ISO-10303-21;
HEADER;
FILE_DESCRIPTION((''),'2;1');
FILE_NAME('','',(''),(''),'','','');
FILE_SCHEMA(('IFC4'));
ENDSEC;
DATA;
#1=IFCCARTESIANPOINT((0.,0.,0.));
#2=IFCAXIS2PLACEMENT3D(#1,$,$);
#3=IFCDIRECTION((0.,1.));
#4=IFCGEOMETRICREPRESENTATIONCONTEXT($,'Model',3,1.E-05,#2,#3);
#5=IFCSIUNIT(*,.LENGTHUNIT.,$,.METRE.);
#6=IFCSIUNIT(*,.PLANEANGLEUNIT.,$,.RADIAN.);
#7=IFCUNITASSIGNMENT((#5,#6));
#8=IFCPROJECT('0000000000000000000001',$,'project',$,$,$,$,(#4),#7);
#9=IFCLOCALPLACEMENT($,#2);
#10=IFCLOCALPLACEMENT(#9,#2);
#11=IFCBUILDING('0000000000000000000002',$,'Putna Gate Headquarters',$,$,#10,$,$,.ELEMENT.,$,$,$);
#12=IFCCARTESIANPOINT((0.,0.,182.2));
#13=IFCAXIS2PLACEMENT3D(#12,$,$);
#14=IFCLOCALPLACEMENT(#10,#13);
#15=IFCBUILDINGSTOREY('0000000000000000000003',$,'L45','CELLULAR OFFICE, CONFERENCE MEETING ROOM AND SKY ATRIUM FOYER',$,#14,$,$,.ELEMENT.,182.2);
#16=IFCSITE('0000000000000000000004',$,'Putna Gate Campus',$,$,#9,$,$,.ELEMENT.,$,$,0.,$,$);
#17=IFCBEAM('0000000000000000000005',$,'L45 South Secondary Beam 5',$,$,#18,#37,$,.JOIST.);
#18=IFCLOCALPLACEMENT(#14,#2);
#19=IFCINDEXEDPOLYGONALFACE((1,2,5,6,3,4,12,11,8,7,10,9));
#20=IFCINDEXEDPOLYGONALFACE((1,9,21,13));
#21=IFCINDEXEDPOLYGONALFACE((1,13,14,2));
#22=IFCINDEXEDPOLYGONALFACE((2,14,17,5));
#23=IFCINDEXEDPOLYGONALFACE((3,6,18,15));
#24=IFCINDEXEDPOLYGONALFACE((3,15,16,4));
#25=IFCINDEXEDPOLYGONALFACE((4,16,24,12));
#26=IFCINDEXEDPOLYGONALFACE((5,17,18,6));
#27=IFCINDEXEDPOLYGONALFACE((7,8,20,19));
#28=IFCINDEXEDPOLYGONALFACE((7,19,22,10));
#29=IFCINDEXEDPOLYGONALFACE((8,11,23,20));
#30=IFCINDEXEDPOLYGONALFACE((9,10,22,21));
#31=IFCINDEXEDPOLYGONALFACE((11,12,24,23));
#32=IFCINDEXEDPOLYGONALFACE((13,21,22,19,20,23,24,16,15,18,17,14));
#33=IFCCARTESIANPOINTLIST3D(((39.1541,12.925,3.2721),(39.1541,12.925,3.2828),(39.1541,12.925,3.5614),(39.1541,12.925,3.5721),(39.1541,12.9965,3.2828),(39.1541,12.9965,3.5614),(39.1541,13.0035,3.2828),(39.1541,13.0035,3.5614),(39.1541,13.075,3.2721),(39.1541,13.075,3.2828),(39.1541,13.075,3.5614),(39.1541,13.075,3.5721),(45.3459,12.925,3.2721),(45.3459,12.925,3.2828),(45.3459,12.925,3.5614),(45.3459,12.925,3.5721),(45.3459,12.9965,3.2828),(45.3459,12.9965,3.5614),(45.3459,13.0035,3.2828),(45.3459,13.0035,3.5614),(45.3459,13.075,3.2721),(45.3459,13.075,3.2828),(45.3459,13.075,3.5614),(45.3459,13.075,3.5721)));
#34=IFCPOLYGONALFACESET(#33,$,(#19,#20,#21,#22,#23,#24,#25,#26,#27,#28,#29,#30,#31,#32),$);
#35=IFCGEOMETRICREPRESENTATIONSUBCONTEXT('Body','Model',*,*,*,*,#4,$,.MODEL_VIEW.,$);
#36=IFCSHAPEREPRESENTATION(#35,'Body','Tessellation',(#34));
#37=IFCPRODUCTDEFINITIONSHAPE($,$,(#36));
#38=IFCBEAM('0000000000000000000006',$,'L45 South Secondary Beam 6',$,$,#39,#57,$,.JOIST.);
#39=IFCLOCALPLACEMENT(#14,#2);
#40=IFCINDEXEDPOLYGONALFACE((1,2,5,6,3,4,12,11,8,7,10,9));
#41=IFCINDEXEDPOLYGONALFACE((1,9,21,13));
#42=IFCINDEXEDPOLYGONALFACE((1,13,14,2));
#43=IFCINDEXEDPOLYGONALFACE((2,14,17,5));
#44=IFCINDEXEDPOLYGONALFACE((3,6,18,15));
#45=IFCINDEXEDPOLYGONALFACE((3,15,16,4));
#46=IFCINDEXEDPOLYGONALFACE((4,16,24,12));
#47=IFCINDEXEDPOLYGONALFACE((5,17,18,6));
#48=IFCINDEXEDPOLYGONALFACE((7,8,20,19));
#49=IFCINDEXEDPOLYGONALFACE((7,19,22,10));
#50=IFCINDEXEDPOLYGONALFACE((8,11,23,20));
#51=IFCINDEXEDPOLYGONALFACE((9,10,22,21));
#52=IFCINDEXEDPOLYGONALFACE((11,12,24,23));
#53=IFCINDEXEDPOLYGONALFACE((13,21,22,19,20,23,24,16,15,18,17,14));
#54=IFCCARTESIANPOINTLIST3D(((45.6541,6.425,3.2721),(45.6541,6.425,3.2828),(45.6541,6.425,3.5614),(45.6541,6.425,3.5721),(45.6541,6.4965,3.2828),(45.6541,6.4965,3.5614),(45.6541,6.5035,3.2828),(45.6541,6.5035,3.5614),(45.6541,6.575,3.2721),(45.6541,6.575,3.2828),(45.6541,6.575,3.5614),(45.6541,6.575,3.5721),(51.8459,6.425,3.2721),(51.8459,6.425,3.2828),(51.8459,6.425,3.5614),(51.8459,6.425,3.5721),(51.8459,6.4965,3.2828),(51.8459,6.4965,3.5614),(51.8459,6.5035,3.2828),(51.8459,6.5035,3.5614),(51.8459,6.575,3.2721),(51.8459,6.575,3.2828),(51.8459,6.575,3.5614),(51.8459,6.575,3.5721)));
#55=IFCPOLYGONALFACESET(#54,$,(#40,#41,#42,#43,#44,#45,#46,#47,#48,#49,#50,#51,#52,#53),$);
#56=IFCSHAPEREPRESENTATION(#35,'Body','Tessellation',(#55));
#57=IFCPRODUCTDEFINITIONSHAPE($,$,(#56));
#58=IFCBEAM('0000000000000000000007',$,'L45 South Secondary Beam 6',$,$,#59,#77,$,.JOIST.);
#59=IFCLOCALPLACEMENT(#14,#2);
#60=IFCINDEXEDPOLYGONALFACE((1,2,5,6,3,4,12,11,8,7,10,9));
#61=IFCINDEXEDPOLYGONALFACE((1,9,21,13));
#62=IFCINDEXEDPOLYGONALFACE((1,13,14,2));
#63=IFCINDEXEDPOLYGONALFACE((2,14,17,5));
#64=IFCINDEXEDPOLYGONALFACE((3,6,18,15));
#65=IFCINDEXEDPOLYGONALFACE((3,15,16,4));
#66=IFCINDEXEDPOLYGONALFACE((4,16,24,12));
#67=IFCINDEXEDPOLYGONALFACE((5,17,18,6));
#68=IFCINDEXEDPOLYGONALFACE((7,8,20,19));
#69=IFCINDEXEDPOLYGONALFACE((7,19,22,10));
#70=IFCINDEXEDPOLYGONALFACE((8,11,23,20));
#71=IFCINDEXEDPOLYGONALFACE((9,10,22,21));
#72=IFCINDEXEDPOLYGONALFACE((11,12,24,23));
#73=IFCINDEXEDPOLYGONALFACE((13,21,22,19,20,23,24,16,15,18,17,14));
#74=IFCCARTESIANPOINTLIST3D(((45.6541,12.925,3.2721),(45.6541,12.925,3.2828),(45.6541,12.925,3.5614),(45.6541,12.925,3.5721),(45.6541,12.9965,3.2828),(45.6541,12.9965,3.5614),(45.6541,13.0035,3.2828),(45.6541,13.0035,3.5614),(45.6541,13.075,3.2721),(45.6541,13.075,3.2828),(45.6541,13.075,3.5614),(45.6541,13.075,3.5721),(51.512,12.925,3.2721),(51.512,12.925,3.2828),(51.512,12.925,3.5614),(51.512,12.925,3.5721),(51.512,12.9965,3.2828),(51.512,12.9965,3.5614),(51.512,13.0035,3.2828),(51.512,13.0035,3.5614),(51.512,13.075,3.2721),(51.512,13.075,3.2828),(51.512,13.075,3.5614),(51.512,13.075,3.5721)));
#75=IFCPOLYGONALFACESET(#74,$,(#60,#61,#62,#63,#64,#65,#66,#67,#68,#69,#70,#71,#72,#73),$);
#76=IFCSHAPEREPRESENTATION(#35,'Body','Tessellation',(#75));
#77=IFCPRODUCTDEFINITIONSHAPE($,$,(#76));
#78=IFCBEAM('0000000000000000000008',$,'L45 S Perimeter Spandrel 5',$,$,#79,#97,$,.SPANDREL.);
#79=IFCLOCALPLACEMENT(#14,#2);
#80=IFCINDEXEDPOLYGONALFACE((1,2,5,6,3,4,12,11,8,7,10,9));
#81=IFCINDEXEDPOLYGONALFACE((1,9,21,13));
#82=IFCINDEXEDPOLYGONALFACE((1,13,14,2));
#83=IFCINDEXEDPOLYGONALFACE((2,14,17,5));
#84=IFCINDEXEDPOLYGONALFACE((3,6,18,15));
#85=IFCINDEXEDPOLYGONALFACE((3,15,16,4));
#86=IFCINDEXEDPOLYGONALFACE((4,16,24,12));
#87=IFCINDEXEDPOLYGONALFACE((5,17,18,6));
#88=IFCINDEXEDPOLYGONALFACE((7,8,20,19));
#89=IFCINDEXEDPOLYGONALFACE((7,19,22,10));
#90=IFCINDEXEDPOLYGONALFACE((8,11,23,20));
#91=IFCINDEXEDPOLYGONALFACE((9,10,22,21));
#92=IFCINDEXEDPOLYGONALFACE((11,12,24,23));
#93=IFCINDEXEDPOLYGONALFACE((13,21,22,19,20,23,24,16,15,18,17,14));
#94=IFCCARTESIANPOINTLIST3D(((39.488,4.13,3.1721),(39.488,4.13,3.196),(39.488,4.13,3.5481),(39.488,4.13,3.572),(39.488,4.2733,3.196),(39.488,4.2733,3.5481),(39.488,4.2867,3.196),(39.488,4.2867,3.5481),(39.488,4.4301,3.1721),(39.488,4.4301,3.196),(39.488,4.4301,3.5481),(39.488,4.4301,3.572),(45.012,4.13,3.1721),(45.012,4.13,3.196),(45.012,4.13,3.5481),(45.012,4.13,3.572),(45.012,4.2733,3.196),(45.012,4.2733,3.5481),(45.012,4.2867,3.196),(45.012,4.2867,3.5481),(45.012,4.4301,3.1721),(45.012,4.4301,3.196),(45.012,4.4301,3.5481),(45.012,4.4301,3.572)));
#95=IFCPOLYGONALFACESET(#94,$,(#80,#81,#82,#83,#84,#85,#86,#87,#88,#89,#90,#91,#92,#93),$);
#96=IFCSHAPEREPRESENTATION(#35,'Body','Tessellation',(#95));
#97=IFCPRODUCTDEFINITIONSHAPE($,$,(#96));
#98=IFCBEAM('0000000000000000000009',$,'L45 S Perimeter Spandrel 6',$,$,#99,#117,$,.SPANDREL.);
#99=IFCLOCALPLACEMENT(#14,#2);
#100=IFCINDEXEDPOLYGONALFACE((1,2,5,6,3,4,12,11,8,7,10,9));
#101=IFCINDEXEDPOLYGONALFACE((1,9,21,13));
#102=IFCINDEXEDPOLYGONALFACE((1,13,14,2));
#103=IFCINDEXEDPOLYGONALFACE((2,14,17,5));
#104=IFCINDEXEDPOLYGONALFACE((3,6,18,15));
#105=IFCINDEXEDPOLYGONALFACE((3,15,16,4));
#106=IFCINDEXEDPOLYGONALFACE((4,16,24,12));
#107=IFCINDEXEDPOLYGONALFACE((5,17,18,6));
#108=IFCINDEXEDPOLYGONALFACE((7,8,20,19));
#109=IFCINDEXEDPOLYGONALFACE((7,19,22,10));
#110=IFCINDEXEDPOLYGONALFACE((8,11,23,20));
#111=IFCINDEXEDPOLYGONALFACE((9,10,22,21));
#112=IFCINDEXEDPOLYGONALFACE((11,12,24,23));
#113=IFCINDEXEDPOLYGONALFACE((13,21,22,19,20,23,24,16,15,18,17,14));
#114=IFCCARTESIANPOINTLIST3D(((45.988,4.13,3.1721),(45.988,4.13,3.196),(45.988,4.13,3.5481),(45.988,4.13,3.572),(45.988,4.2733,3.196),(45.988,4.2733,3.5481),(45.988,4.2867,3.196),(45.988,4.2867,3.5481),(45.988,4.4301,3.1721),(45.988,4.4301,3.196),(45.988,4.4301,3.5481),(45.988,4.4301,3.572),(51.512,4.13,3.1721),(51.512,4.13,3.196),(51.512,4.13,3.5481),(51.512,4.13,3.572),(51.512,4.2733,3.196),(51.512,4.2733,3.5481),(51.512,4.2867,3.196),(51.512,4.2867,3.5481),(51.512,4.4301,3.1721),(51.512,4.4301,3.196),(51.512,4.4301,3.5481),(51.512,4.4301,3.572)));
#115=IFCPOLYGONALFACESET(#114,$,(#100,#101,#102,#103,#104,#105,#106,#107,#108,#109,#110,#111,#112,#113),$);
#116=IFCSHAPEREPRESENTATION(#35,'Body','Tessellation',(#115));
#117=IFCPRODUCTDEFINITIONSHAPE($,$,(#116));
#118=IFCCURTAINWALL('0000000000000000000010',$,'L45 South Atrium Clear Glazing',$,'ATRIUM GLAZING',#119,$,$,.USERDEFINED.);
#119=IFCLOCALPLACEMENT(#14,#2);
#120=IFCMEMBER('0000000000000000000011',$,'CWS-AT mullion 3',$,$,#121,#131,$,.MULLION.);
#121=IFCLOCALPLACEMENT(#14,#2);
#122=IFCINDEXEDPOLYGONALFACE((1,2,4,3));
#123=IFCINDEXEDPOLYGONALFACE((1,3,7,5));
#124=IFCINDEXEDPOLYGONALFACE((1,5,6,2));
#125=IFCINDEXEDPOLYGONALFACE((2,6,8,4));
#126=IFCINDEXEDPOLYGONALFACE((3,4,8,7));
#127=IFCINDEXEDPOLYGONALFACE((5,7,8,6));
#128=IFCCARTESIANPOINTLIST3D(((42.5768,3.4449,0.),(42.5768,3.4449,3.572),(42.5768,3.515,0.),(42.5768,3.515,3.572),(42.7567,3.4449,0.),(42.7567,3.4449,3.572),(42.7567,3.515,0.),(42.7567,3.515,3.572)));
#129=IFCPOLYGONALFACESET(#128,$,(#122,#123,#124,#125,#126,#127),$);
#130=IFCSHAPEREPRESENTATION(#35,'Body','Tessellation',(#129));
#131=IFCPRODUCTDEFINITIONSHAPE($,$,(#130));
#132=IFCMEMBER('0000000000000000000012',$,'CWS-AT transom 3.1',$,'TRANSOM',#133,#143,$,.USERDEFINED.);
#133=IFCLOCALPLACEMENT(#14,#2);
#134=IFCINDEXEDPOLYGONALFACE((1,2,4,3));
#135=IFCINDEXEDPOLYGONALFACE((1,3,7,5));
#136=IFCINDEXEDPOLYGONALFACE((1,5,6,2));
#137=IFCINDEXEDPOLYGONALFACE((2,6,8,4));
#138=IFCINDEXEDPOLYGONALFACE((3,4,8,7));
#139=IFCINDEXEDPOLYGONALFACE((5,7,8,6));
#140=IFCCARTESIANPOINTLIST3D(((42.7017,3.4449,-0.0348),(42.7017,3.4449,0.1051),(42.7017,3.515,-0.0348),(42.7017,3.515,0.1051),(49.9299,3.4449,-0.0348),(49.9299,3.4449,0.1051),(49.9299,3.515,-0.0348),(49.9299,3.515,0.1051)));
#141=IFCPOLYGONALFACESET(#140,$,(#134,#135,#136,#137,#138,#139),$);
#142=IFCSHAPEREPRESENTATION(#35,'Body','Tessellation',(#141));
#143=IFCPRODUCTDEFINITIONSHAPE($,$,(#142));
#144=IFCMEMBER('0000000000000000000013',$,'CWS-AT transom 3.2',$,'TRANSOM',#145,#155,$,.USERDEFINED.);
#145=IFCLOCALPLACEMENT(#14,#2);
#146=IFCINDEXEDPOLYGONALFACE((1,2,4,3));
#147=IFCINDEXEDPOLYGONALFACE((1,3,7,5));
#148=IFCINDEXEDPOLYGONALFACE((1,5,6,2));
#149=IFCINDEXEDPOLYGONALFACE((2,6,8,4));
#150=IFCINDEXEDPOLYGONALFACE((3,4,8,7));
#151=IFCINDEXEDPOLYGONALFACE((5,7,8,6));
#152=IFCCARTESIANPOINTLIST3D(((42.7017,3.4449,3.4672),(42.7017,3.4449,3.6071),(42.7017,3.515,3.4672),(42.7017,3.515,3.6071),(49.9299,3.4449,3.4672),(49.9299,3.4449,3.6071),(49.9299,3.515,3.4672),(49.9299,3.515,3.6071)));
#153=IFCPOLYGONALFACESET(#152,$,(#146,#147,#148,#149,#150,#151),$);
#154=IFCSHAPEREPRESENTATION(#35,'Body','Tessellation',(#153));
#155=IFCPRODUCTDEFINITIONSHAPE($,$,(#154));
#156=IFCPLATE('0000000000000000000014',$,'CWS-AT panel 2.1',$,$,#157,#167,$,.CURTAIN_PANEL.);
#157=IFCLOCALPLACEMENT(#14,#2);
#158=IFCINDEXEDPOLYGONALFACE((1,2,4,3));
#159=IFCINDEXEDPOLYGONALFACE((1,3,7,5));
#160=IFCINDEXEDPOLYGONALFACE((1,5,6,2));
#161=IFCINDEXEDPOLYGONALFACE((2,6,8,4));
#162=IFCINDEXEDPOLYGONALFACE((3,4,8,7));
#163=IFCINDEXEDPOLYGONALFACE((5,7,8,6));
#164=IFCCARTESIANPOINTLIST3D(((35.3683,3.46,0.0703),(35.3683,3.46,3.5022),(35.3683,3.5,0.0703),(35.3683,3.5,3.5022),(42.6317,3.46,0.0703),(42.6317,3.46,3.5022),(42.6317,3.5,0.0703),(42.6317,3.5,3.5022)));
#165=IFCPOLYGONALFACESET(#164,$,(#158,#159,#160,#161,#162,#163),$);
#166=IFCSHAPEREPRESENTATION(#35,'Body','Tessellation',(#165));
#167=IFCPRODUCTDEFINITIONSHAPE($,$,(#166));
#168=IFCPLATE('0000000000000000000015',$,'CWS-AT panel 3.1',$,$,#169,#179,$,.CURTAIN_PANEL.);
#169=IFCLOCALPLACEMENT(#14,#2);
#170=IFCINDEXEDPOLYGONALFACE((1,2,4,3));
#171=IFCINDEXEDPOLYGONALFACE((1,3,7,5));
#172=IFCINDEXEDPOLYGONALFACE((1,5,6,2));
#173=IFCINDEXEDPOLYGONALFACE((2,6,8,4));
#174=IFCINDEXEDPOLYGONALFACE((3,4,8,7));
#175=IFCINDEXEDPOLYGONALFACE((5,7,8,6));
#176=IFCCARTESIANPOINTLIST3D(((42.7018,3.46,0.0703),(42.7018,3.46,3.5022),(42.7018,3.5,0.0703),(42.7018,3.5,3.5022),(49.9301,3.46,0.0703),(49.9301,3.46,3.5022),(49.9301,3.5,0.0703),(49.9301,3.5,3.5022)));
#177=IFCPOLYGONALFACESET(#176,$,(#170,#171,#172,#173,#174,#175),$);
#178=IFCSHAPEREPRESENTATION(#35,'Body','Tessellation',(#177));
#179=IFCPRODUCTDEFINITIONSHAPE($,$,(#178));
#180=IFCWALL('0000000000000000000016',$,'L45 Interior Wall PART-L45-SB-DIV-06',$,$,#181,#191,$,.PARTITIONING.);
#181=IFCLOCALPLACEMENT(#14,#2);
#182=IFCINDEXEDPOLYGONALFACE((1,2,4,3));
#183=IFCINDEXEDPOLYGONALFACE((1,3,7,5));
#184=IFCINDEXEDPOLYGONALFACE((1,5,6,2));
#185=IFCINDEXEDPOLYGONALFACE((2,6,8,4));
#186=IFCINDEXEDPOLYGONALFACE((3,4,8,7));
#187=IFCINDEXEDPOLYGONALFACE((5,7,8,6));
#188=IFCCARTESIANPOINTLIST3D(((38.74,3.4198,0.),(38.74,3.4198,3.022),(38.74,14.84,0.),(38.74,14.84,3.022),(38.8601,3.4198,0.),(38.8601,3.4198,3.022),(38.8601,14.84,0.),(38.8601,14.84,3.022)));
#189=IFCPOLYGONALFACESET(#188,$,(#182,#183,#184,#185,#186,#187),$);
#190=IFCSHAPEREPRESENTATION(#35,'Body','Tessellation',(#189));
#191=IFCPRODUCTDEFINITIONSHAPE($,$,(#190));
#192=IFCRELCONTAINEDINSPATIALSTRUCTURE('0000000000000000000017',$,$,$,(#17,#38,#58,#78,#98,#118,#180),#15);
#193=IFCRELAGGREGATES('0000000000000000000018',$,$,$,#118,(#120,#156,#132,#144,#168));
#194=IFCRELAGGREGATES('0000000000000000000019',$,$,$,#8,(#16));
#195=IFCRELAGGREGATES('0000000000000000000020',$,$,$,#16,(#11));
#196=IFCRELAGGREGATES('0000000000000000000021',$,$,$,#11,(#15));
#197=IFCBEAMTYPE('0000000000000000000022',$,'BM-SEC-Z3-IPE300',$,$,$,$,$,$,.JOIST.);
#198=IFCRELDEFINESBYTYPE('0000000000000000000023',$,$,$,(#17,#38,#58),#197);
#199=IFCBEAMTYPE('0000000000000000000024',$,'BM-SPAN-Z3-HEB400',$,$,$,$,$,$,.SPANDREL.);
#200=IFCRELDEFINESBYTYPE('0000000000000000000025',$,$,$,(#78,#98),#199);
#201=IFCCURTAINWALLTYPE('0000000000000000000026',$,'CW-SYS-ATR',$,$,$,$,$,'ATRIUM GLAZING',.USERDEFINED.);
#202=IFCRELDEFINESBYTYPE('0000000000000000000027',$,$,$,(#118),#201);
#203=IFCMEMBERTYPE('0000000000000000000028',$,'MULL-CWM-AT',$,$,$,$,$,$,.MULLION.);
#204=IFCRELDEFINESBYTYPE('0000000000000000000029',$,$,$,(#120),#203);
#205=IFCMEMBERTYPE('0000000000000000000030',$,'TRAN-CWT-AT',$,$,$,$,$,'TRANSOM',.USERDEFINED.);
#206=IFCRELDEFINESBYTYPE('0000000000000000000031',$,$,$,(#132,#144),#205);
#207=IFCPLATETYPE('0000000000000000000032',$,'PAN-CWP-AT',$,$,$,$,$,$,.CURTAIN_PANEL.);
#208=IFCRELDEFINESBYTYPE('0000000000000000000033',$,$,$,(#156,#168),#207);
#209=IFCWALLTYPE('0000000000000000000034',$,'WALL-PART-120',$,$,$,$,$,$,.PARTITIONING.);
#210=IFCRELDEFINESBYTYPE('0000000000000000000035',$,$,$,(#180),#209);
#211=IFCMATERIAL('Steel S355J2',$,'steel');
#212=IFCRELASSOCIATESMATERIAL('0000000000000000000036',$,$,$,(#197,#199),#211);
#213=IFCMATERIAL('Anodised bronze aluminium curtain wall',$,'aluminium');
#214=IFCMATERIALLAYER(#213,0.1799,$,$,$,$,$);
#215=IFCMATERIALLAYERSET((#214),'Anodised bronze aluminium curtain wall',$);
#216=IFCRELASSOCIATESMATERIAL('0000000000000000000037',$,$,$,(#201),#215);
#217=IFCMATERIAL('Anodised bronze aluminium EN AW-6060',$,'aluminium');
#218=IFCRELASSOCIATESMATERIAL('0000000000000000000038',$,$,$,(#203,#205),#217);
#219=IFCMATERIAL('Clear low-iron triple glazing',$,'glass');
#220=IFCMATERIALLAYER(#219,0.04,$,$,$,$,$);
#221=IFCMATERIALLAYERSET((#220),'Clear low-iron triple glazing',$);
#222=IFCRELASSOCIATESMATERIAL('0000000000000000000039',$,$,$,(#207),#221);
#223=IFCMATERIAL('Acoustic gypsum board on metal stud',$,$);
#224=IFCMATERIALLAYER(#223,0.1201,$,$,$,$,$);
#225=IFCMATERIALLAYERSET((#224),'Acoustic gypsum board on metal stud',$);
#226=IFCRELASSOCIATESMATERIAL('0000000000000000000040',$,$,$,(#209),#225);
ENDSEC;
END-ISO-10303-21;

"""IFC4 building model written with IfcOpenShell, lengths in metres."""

from ifc_helpers import new_model, si_unit, direction, frame, frame_2d, origin, origin_2d, place, context, subcontext, project, spatial, rectangle, i_section, extrude, material, layer, layer_set, material_profile, profile_set, type_object, element, aggregate, save


model = new_model("IFC4")

# Units and contexts
model_context = context("Model", 3, precision=1e-05, world=origin(), true_north=direction((0.0, 1.0)))
body_context = subcontext(model_context, "Body", "Model", "MODEL_VIEW")
ifc_project = project(units=[si_unit("LENGTHUNIT", "METRE"), si_unit("PLANEANGLEUNIT", "RADIAN")], contexts=[model_context])

# Site, building, storey
site_placement = place(None, origin())
site = spatial("IfcSite", under=ifc_project, at=site_placement, Name="Putna Gate Campus", CompositionType="ELEMENT", RefElevation=0.0)
building_placement = place(site_placement, origin())
building = spatial("IfcBuilding", under=site, at=building_placement, Name="Putna Gate Headquarters", CompositionType="ELEMENT")
storey_placement = place(building_placement, frame((0.0, 0.0, 182.2)))
storey = spatial("IfcBuildingStorey", under=building, at=storey_placement, Name="L45", Description="CELLULAR OFFICE, CONFERENCE MEETING ROOM AND SKY ATRIUM FOYER", CompositionType="ELEMENT", Elevation=182.2)

# Beams
ifc_material_1 = material(Name="Steel S355J2", Category="steel")
ifc_material_profile_1 = material_profile(ifc_material_1, i_section(OverallWidth=0.1499, OverallDepth=0.3, WebThickness=0.0071, FlangeThickness=0.0107, at=origin_2d()), Name="Steel S355J2")
ifc_profile_set_1 = profile_set([ifc_material_profile_1], Name="Steel S355J2")
beam_type_1 = type_object("IfcBeamType", Name="BM-SEC-Z3-IPE300", PredefinedType="JOIST", material=ifc_profile_set_1)
for number, where, z_axis, x_axis, name in (
    (1, (39.1541, 13.0, 3.4221), (1.0, 0.0, 0.0), (0.0, 1.0, 0.0), "L45 South Secondary Beam 5"),
    (2, (45.6541, 6.5, 3.4221), (1.0, 0.0, 0.0), (0.0, 1.0, 0.0), "L45 South Secondary Beam 6"),
):
    element("IfcBeam", number, at=place(storey_placement, frame(where, z_axis=z_axis, x_axis=x_axis)), inside=storey, type_object=beam_type_1, Name=name, PredefinedType="JOIST", context=body_context, shape_type="SweptSolid", body=[
        extrude(i_section(OverallWidth=0.1499, OverallDepth=0.3, WebThickness=0.0071, FlangeThickness=0.0107, at=origin_2d()), origin(), (0.0, 0.0, 1.0), 6.1919),
    ])
beam_1_placement = place(storey_placement, frame((45.6541, 13.0, 3.4221), z_axis=(1.0, 0.0, 0.0), x_axis=(0.0, 1.0, 0.0)))
element("IfcBeam", 3, at=beam_1_placement, inside=storey, type_object=beam_type_1, Name="L45 South Secondary Beam 6", PredefinedType="JOIST", context=body_context, shape_type="SweptSolid", body=[
    extrude(i_section(OverallWidth=0.1499, OverallDepth=0.3, WebThickness=0.0071, FlangeThickness=0.0107, at=origin_2d()), origin(), (0.0, 0.0, 1.0), 5.8579),
])
ifc_material_profile_2 = material_profile(ifc_material_1, i_section(OverallWidth=0.3, OverallDepth=0.3999, WebThickness=0.0134, FlangeThickness=0.0239, at=origin_2d()), Name="Steel S355J2")
ifc_profile_set_2 = profile_set([ifc_material_profile_2], Name="Steel S355J2")
beam_type_2 = type_object("IfcBeamType", Name="BM-SPAN-Z3-HEB400", PredefinedType="SPANDREL", material=ifc_profile_set_2)
for number, where, z_axis, x_axis, name in (
    (4, (39.488, 4.28, 3.3721), (1.0, 0.0, 0.0), (0.0, 1.0, 0.0), "L45 S Perimeter Spandrel 5"),
    (5, (45.988, 4.28, 3.3721), (1.0, 0.0, 0.0), (0.0, 1.0, 0.0), "L45 S Perimeter Spandrel 6"),
):
    element("IfcBeam", number, at=place(storey_placement, frame(where, z_axis=z_axis, x_axis=x_axis)), inside=storey, type_object=beam_type_2, Name=name, PredefinedType="SPANDREL", context=body_context, shape_type="SweptSolid", body=[
        extrude(i_section(OverallWidth=0.3, OverallDepth=0.3999, WebThickness=0.0134, FlangeThickness=0.0239, at=origin_2d()), origin(), (0.0, 0.0, 1.0), 5.5239),
    ])

# Curtain wall, members, plates
ifc_material_2 = material(Name="Anodised bronze aluminium curtain wall", Category="aluminium")
ifc_layer_1 = layer(ifc_material_2, 0.1799)
ifc_layer_set_1 = layer_set([ifc_layer_1], Name="Anodised bronze aluminium curtain wall")
curtain_wall_type = type_object("IfcCurtainWallType", Name="CW-SYS-ATR", ElementType="ATRIUM GLAZING", PredefinedType="USERDEFINED", material=ifc_layer_set_1)
curtain_wall_placement = place(storey_placement, origin())
curtain_wall = element("IfcCurtainWall", 6, at=curtain_wall_placement, inside=storey, type_object=curtain_wall_type, Name="L45 South Atrium Clear Glazing", ObjectType="ATRIUM GLAZING", PredefinedType="USERDEFINED")
ifc_material_3 = material(Name="Anodised bronze aluminium EN AW-6060", Category="aluminium")
ifc_material_profile_3 = material_profile(ifc_material_3, rectangle(XDim=0.0701, YDim=0.1799, at=origin_2d()), Name="Anodised bronze aluminium EN AW-6060")
ifc_profile_set_3 = profile_set([ifc_material_profile_3], Name="Anodised bronze aluminium EN AW-6060")
member_type_1 = type_object("IfcMemberType", Name="MULL-CWM-AT", PredefinedType="MULLION", material=ifc_profile_set_3)
member_1_placement = place(storey_placement, frame((42.6667, 3.48, 0.0), z_axis=(0.0, 0.0, 1.0), x_axis=(0.0, 1.0, 0.0)))
member_1 = element("IfcMember", 7, at=member_1_placement, type_object=member_type_1, Name="CWS-AT mullion 3", PredefinedType="MULLION", context=body_context, shape_type="SweptSolid", body=[
    extrude(rectangle(XDim=0.0701, YDim=0.1799, at=origin_2d()), origin(), (0.0, 0.0, 1.0), 3.572),
])
ifc_material_profile_4 = material_profile(ifc_material_3, rectangle(XDim=0.0701, YDim=0.1399, at=origin_2d()), Name="Anodised bronze aluminium EN AW-6060")
ifc_profile_set_4 = profile_set([ifc_material_profile_4], Name="Anodised bronze aluminium EN AW-6060")
member_type_2 = type_object("IfcMemberType", Name="TRAN-CWT-AT", ElementType="TRANSOM", PredefinedType="USERDEFINED", material=ifc_profile_set_4)
member_2_placement = place(storey_placement, frame((42.7017, 3.48, 0.0352), z_axis=(1.0, 0.0, 0.0), x_axis=(0.0, 1.0, 0.0)))
member_2 = element("IfcMember", 8, at=member_2_placement, type_object=member_type_2, Name="CWS-AT transom 3.1", ObjectType="TRANSOM", PredefinedType="USERDEFINED", context=body_context, shape_type="SweptSolid", body=[
    extrude(rectangle(XDim=0.0701, YDim=0.1399, at=origin_2d()), origin(), (0.0, 0.0, 1.0), 7.2283),
])
member_3_placement = place(storey_placement, frame((42.7017, 3.48, 3.5371), z_axis=(1.0, 0.0, 0.0), x_axis=(0.0, 1.0, 0.0)))
member_3 = element("IfcMember", 9, at=member_3_placement, type_object=member_type_2, Name="CWS-AT transom 3.2", ObjectType="TRANSOM", PredefinedType="USERDEFINED", context=body_context, shape_type="SweptSolid", body=[
    extrude(rectangle(XDim=0.0701, YDim=0.1399, at=origin_2d()), origin(), (0.0, 0.0, 1.0), 7.2283),
])
ifc_material_4 = material(Name="Clear low-iron triple glazing", Category="glass")
ifc_layer_2 = layer(ifc_material_4, 0.04)
ifc_layer_set_2 = layer_set([ifc_layer_2], Name="Clear low-iron triple glazing")
plate_type = type_object("IfcPlateType", Name="PAN-CWP-AT", PredefinedType="CURTAIN_PANEL", material=ifc_layer_set_2)
plate_1_placement = place(storey_placement, frame((39.0, 3.48, 0.0703), z_axis=(0.0, 0.0, 1.0), x_axis=(1.0, 0.0, 0.0)))
plate_1 = element("IfcPlate", 10, at=plate_1_placement, type_object=plate_type, Name="CWS-AT panel 2.1", PredefinedType="CURTAIN_PANEL", context=body_context, shape_type="SweptSolid", body=[
    extrude(rectangle(XDim=7.2634, YDim=0.04, at=origin_2d()), origin(), (0.0, 0.0, 1.0), 3.4319),
])
plate_2_placement = place(storey_placement, frame((46.3159, 3.48, 0.0703), z_axis=(0.0, 0.0, 1.0), x_axis=(1.0, 0.0, 0.0)))
plate_2 = element("IfcPlate", 11, at=plate_2_placement, type_object=plate_type, Name="CWS-AT panel 3.1", PredefinedType="CURTAIN_PANEL", context=body_context, shape_type="SweptSolid", body=[
    extrude(rectangle(XDim=7.2283, YDim=0.04, at=origin_2d()), origin(), (0.0, 0.0, 1.0), 3.4319),
])
aggregate(curtain_wall, [member_1, plate_1, member_2, member_3, plate_2])

# Wall
ifc_material_5 = material(Name="Acoustic gypsum board on metal stud")
ifc_layer_3 = layer(ifc_material_5, 0.1201)
ifc_layer_set_3 = layer_set([ifc_layer_3], Name="Acoustic gypsum board on metal stud")
wall_type_1 = type_object("IfcWallType", Name="WALL-PART-120", PredefinedType="PARTITIONING", material=ifc_layer_set_3)
wall_1_placement = place(storey_placement, frame((38.8, 3.4199, 0.0), z_axis=(0.0, 0.0, 1.0), x_axis=(0.0, 1.0, 0.0)))
element("IfcWall", 12, at=wall_1_placement, inside=storey, type_object=wall_type_1, Name="L45 Interior Wall PART-L45-SB-DIV-06", PredefinedType="PARTITIONING", context=body_context, shape_type="SweptSolid", body=[
    extrude(rectangle(XDim=11.4202, YDim=0.1201, at=frame_2d((5.71, 0.0))), origin(), (0.0, 0.0, 1.0), 3.022),
])

save(model, "model.ifc")
